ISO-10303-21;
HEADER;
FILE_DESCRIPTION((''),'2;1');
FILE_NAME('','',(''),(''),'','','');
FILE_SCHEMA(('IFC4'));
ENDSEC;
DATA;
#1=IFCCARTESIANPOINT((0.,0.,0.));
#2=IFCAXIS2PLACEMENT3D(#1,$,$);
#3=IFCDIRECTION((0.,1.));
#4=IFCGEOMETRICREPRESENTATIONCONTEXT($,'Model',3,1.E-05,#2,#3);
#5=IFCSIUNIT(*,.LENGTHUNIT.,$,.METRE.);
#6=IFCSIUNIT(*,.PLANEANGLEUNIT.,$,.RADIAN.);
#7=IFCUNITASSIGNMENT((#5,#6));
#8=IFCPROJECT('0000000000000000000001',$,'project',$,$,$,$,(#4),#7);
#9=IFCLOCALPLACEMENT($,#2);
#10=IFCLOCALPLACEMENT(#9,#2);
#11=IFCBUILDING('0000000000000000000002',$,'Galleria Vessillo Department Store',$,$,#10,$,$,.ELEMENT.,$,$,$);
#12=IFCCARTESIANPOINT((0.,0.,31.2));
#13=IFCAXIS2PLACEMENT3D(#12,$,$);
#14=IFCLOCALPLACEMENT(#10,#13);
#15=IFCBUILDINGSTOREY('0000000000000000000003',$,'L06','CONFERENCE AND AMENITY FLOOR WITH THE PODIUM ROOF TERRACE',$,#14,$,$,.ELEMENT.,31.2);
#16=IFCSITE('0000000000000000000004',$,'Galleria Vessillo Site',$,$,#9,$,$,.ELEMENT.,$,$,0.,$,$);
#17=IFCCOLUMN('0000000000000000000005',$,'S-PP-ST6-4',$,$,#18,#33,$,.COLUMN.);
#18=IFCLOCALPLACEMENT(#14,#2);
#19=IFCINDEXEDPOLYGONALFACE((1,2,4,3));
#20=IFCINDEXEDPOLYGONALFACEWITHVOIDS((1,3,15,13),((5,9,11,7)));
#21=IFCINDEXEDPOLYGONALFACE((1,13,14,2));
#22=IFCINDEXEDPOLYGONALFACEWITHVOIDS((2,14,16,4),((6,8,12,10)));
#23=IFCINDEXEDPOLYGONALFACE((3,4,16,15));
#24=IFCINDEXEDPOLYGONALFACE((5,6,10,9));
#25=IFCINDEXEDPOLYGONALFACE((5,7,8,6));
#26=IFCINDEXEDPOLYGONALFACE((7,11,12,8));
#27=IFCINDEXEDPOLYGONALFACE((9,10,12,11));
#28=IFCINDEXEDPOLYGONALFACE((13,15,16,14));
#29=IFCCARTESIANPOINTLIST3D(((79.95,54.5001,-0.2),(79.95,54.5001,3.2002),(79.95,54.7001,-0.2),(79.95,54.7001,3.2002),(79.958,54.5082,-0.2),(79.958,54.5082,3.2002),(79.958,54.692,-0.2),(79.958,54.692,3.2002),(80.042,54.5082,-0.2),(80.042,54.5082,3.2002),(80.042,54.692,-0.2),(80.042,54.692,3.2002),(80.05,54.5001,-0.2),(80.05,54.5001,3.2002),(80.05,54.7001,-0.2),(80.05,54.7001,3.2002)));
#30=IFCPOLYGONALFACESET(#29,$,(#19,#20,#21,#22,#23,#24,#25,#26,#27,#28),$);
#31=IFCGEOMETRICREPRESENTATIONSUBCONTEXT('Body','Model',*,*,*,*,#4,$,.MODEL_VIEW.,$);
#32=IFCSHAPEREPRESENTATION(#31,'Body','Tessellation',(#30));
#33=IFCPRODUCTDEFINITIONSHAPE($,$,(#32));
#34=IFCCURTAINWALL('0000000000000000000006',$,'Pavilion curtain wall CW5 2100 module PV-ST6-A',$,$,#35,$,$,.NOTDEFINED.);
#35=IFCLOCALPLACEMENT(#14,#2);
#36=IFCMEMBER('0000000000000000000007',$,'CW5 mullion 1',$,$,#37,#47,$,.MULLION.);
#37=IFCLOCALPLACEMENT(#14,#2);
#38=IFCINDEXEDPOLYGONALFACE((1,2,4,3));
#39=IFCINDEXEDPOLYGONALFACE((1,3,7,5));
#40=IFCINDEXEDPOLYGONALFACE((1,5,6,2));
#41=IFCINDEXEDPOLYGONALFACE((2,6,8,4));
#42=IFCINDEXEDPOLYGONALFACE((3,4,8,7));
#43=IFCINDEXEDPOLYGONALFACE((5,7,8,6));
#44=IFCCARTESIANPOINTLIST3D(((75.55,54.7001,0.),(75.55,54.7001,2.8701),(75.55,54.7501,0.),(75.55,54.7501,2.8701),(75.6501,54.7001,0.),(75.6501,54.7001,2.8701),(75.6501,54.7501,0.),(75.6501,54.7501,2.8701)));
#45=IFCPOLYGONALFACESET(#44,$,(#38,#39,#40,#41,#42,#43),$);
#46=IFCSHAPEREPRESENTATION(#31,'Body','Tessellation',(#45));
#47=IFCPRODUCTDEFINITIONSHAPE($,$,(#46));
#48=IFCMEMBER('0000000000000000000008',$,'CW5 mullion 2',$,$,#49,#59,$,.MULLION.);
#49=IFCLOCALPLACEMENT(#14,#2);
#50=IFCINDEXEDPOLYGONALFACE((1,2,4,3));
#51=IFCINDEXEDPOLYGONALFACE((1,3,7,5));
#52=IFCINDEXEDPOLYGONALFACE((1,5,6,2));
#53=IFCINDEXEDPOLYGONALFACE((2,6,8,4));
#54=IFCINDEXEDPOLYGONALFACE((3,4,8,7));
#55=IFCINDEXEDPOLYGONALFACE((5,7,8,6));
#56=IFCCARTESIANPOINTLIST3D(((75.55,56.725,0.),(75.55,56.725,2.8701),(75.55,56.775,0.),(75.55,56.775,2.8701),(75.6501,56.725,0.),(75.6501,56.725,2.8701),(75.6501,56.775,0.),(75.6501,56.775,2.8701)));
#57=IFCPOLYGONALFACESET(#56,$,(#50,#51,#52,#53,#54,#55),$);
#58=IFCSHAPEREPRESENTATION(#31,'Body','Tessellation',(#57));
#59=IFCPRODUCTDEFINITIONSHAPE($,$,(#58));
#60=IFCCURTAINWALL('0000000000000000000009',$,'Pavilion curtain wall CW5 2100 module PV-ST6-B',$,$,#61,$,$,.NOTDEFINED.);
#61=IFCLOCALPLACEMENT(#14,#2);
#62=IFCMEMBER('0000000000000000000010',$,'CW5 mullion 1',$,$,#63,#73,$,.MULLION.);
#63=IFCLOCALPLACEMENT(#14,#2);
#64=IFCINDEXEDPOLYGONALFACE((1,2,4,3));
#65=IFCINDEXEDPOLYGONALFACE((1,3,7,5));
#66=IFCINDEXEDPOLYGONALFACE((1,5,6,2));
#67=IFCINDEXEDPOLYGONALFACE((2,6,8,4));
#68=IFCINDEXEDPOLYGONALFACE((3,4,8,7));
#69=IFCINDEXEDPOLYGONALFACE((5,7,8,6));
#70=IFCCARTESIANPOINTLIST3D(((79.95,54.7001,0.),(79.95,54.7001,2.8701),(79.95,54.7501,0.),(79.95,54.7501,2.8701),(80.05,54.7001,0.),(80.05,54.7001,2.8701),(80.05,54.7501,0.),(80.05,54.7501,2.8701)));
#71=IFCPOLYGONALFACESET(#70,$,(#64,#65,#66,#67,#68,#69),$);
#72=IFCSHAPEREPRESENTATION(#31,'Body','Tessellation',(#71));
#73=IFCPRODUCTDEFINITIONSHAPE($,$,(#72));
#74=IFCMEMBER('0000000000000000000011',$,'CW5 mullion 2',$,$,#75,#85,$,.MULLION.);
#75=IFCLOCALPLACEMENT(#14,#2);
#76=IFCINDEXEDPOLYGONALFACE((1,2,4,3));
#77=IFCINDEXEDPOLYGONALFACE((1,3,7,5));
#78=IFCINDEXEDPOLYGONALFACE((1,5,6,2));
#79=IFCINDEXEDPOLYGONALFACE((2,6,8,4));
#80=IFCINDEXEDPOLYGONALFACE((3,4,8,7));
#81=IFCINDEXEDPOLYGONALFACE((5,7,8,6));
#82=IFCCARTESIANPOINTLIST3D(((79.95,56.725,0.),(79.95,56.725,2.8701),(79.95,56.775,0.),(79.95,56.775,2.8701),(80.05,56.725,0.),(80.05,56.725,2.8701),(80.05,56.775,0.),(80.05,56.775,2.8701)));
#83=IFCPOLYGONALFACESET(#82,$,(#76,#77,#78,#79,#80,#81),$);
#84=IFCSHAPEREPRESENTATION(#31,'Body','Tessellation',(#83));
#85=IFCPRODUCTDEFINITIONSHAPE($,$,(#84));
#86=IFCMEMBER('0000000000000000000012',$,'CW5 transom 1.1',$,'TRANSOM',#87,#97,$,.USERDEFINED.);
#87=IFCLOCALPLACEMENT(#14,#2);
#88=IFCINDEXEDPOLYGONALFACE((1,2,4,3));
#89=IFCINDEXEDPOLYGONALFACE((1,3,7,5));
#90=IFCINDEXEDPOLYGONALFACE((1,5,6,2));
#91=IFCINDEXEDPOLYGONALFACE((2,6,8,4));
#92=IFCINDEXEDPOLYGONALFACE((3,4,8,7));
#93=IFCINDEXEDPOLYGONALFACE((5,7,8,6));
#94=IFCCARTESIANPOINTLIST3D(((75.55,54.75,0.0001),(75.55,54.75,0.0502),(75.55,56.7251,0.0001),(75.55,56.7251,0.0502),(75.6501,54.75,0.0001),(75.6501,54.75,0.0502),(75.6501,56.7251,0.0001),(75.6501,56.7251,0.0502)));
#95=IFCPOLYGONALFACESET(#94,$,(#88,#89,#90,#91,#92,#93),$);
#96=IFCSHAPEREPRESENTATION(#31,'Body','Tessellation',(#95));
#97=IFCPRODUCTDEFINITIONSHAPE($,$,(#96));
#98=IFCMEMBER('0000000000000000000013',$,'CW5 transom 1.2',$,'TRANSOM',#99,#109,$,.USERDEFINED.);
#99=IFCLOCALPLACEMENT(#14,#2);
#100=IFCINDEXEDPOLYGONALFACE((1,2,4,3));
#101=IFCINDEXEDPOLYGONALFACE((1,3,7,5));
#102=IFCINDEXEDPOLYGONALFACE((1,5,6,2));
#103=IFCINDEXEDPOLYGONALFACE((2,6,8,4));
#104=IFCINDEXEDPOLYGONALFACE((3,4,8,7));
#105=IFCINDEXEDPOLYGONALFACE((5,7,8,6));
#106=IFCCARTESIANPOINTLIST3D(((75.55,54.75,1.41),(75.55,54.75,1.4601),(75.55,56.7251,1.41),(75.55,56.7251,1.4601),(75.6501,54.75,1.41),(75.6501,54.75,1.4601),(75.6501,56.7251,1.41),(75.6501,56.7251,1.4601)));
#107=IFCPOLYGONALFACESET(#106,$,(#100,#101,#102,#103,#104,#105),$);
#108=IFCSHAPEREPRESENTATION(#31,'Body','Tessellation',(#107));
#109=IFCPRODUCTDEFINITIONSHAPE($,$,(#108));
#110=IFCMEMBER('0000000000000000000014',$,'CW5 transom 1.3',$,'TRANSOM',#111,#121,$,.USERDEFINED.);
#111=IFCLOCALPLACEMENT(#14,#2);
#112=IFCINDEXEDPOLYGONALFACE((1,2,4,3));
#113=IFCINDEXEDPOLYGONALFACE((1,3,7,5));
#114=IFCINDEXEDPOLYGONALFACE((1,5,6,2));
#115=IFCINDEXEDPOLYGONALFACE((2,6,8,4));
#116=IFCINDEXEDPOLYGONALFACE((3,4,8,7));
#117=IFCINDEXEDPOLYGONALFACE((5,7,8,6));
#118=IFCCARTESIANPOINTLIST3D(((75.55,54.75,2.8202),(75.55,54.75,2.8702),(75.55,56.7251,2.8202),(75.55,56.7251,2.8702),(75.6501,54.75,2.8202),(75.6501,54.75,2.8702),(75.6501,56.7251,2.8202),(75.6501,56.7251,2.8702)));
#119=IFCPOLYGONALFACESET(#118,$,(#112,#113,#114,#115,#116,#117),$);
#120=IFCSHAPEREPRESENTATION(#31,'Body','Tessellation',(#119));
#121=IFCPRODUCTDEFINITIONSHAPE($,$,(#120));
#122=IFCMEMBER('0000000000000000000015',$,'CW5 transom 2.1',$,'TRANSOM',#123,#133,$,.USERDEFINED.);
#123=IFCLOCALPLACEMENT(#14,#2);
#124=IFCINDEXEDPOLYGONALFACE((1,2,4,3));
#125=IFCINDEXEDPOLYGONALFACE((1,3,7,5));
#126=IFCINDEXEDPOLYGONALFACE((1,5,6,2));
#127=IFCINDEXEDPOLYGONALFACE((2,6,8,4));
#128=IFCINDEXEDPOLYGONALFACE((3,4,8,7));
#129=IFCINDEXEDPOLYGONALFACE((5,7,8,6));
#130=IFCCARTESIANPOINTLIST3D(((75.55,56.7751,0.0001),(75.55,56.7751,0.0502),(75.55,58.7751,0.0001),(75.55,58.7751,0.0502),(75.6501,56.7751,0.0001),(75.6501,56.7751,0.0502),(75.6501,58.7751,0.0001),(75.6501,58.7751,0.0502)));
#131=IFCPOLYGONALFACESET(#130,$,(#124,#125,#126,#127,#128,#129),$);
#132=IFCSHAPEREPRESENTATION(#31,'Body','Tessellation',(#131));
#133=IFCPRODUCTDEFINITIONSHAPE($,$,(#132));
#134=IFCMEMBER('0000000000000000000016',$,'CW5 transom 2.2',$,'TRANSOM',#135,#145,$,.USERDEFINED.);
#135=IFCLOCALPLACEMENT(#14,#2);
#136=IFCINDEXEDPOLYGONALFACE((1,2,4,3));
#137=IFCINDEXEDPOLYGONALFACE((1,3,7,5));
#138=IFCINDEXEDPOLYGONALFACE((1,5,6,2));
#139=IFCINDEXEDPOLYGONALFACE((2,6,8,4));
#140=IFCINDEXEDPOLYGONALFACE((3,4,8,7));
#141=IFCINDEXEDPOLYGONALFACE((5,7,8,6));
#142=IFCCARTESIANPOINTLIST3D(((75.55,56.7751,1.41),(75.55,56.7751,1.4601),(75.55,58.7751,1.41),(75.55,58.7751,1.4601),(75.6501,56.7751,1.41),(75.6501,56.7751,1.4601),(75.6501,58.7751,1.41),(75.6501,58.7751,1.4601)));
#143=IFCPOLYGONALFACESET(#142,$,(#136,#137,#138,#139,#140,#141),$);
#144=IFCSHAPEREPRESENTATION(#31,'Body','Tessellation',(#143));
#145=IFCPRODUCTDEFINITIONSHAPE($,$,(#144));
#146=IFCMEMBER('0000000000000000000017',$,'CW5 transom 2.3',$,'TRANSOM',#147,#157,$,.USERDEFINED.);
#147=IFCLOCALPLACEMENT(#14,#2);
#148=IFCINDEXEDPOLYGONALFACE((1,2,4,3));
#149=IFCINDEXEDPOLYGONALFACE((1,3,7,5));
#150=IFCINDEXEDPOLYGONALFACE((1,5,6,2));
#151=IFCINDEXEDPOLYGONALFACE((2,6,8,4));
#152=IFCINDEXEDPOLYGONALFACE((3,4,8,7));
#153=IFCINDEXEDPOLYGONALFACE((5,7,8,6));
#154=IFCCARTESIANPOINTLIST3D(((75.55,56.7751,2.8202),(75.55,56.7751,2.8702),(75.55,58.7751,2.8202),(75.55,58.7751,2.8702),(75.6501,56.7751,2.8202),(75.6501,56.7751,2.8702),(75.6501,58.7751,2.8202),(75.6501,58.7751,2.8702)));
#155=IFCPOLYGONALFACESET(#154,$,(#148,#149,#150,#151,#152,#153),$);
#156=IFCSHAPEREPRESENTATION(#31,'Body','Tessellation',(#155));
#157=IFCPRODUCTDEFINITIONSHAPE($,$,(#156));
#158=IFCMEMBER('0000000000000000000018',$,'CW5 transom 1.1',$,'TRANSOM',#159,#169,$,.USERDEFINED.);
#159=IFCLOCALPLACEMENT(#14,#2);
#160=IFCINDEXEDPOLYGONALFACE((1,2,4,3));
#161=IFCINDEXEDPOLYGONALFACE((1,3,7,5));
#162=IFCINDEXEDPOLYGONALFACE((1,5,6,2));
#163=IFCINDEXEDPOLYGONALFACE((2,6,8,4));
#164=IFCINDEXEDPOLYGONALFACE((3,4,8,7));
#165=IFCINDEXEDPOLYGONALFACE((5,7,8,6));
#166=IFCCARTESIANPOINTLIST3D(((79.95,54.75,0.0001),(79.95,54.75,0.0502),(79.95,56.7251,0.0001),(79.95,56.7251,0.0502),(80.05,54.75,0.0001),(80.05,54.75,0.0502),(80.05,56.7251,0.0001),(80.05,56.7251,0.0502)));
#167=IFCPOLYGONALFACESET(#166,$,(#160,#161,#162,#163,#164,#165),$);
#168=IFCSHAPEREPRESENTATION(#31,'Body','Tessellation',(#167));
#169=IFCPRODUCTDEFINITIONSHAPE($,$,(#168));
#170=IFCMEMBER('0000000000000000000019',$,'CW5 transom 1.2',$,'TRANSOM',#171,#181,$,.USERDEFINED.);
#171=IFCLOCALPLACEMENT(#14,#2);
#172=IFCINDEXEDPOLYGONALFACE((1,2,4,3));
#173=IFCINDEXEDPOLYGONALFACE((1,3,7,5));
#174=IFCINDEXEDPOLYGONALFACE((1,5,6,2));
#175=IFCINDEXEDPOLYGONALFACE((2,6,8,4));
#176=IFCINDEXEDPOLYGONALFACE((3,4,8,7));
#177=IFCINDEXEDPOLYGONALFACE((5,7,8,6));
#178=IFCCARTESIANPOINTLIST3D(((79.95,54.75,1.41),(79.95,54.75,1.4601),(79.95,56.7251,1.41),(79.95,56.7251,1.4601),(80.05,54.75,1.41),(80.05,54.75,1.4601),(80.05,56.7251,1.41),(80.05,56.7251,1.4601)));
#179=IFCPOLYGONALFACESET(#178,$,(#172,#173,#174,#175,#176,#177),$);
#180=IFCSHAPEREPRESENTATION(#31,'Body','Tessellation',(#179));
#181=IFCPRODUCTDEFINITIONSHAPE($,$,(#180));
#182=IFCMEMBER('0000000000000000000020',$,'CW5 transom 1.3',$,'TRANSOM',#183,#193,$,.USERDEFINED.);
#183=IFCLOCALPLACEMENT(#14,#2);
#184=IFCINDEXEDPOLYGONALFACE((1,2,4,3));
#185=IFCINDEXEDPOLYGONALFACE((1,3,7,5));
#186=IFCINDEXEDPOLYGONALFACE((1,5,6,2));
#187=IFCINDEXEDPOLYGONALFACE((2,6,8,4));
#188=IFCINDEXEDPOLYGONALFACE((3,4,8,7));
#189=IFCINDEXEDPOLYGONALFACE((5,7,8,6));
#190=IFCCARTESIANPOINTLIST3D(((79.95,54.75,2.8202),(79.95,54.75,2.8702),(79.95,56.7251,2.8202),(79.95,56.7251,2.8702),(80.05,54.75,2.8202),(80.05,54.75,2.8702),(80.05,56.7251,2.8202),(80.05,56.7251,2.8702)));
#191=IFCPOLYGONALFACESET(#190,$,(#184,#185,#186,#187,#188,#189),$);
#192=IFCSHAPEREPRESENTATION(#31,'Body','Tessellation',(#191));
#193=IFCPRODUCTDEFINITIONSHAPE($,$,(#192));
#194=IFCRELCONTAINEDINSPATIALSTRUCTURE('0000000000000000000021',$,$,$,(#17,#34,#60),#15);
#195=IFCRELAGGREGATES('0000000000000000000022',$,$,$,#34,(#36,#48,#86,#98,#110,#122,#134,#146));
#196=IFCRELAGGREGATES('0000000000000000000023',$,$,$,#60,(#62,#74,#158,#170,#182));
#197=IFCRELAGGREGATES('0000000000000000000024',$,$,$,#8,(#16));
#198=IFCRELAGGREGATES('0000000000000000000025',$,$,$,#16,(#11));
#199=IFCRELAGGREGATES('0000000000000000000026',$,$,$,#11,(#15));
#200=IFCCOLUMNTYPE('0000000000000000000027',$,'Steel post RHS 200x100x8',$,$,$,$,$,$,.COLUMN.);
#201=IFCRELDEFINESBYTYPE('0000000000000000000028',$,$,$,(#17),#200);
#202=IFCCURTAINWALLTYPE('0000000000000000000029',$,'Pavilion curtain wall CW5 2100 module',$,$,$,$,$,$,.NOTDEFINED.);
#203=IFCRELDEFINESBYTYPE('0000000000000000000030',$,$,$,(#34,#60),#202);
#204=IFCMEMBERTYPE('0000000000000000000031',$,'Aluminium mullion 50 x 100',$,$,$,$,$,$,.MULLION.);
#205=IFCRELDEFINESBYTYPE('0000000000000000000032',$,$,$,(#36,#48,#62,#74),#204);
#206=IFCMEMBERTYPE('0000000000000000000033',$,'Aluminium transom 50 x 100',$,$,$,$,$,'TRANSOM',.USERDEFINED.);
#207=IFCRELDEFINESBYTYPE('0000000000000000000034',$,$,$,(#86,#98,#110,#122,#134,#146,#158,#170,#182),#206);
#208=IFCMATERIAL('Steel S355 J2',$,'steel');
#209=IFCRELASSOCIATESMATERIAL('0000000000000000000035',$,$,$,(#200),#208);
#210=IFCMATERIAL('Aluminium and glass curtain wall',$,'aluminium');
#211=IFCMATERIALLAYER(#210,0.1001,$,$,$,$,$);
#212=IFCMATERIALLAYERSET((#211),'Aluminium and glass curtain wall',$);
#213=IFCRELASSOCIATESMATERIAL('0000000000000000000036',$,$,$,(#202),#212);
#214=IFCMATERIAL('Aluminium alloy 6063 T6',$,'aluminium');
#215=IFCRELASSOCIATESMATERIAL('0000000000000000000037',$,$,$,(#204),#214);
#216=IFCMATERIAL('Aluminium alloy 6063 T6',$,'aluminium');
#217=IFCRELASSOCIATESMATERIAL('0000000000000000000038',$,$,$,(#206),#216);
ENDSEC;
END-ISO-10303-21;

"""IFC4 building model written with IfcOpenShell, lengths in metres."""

from ifc_helpers import new_model, si_unit, direction, frame, origin, origin_2d, place, context, subcontext, project, spatial, rectangle, hollow_rectangle, extrude, material, layer, layer_set, material_profile, profile_set, type_object, element, aggregate, save


model = new_model("IFC4")

# Units and contexts
model_context = context("Model", 3, precision=1e-05, world=origin(), true_north=direction((0.0, 1.0)))
body_context = subcontext(model_context, "Body", "Model", "MODEL_VIEW")
ifc_project = project(units=[si_unit("LENGTHUNIT", "METRE"), si_unit("PLANEANGLEUNIT", "RADIAN")], contexts=[model_context])

# Site, building, storey
site_placement = place(None, origin())
site = spatial("IfcSite", under=ifc_project, at=site_placement, Name="Galleria Vessillo Site", CompositionType="ELEMENT", RefElevation=0.0)
building_placement = place(site_placement, origin())
building = spatial("IfcBuilding", under=site, at=building_placement, Name="Galleria Vessillo Department Store", CompositionType="ELEMENT")
storey_placement = place(building_placement, frame((0.0, 0.0, 31.2)))
storey = spatial("IfcBuildingStorey", under=building, at=storey_placement, Name="L06", Description="CONFERENCE AND AMENITY FLOOR WITH THE PODIUM ROOF TERRACE", CompositionType="ELEMENT", Elevation=31.2)

# Column
ifc_material_1 = material(Name="Steel S355 J2", Category="steel")
ifc_material_profile_1 = material_profile(ifc_material_1, hollow_rectangle(XDim=0.1001, YDim=0.2, WallThickness=0.0081, at=origin_2d()), Name="RHS 200x100x8")
ifc_profile_set_1 = profile_set([ifc_material_profile_1], Name="Steel S355 J2")
column_type = type_object("IfcColumnType", Name="Steel post RHS 200x100x8", PredefinedType="COLUMN", material=ifc_profile_set_1)
column_placement = place(storey_placement, frame((80.0, 54.6001, -0.2), z_axis=(0.0, 0.0, 1.0), x_axis=(1.0, 0.0, 0.0)))
element("IfcColumn", 1, at=column_placement, inside=storey, type_object=column_type, Name="S-PP-ST6-4", PredefinedType="COLUMN", context=body_context, shape_type="SweptSolid", body=[
    extrude(hollow_rectangle(XDim=0.1001, YDim=0.2, WallThickness=0.0081, at=origin_2d()), origin(), (0.0, 0.0, 1.0), 3.4001),
])

# Curtain walls, members
ifc_material_2 = material(Name="Aluminium and glass curtain wall", Category="aluminium")
ifc_layer_1 = layer(ifc_material_2, 0.1001)
ifc_layer_set_1 = layer_set([ifc_layer_1], Name="Aluminium and glass curtain wall")
curtain_wall_type = type_object("IfcCurtainWallType", Name="Pavilion curtain wall CW5 2100 module", PredefinedType="NOTDEFINED", material=ifc_layer_set_1)
curtain_wall_1_placement = place(storey_placement, origin())
curtain_wall_1 = element("IfcCurtainWall", 2, at=curtain_wall_1_placement, inside=storey, type_object=curtain_wall_type, Name="Pavilion curtain wall CW5 2100 module PV-ST6-A", PredefinedType="NOTDEFINED")
ifc_material_3 = material(Name="Aluminium alloy 6063 T6", Category="aluminium")
ifc_material_profile_2 = material_profile(ifc_material_3, rectangle(XDim=0.1001, YDim=0.05, at=origin_2d()), Name="AL 50x100")
ifc_profile_set_2 = profile_set([ifc_material_profile_2], Name="Aluminium alloy 6063 T6")
member_type_1 = type_object("IfcMemberType", Name="Aluminium mullion 50 x 100", PredefinedType="MULLION", material=ifc_profile_set_2)
member_1_placement = place(storey_placement, frame((75.6001, 54.7251, 0.0), z_axis=(0.0, 0.0, 1.0), x_axis=(-1.0, 0.0, 0.0)))
member_1 = element("IfcMember", 3, at=member_1_placement, type_object=member_type_1, Name="CW5 mullion 1", PredefinedType="MULLION", context=body_context, shape_type="SweptSolid", body=[
    extrude(rectangle(XDim=0.1001, YDim=0.05, at=origin_2d()), origin(), (0.0, 0.0, 1.0), 2.8701),
])
member_2_placement = place(storey_placement, frame((75.6001, 56.75, 0.0), z_axis=(0.0, 0.0, 1.0), x_axis=(-1.0, 0.0, 0.0)))
member_2 = element("IfcMember", 4, at=member_2_placement, type_object=member_type_1, Name="CW5 mullion 2", PredefinedType="MULLION", context=body_context, shape_type="SweptSolid", body=[
    extrude(rectangle(XDim=0.1001, YDim=0.05, at=origin_2d()), origin(), (0.0, 0.0, 1.0), 2.8701),
])
curtain_wall_2_placement = place(storey_placement, origin())
curtain_wall_2 = element("IfcCurtainWall", 5, at=curtain_wall_2_placement, inside=storey, type_object=curtain_wall_type, Name="Pavilion curtain wall CW5 2100 module PV-ST6-B", PredefinedType="NOTDEFINED")
member_3_placement = place(storey_placement, frame((80.0, 54.7251, 0.0), z_axis=(0.0, 0.0, 1.0), x_axis=(-1.0, 0.0, 0.0)))
member_3 = element("IfcMember", 6, at=member_3_placement, type_object=member_type_1, Name="CW5 mullion 1", PredefinedType="MULLION", context=body_context, shape_type="SweptSolid", body=[
    extrude(rectangle(XDim=0.1001, YDim=0.05, at=origin_2d()), origin(), (0.0, 0.0, 1.0), 2.8701),
])
member_4_placement = place(storey_placement, frame((80.0, 56.75, 0.0), z_axis=(0.0, 0.0, 1.0), x_axis=(-1.0, 0.0, 0.0)))
member_4 = element("IfcMember", 7, at=member_4_placement, type_object=member_type_1, Name="CW5 mullion 2", PredefinedType="MULLION", context=body_context, shape_type="SweptSolid", body=[
    extrude(rectangle(XDim=0.1001, YDim=0.05, at=origin_2d()), origin(), (0.0, 0.0, 1.0), 2.8701),
])

# Members
ifc_material_4 = material(Name="Aluminium alloy 6063 T6", Category="aluminium")
ifc_material_profile_3 = material_profile(ifc_material_4, rectangle(XDim=0.1001, YDim=0.05, at=origin_2d()), Name="AL 50x100")
ifc_profile_set_3 = profile_set([ifc_material_profile_3], Name="Aluminium alloy 6063 T6")
member_type_2 = type_object("IfcMemberType", Name="Aluminium transom 50 x 100", ElementType="TRANSOM", PredefinedType="USERDEFINED", material=ifc_profile_set_3)
member_5_placement = place(storey_placement, frame((75.6001, 54.75, 0.0251), z_axis=(0.0, 1.0, 0.0), x_axis=(-1.0, 0.0, 0.0)))
member_5 = element("IfcMember", 8, at=member_5_placement, type_object=member_type_2, Name="CW5 transom 1.1", ObjectType="TRANSOM", PredefinedType="USERDEFINED", context=body_context, shape_type="SweptSolid", body=[
    extrude(rectangle(XDim=0.1001, YDim=0.05, at=origin_2d()), origin(), (0.0, 0.0, 1.0), 1.9751),
])
member_6_placement = place(storey_placement, frame((75.6001, 54.75, 1.4351), z_axis=(0.0, 1.0, 0.0), x_axis=(-1.0, 0.0, 0.0)))
member_6 = element("IfcMember", 9, at=member_6_placement, type_object=member_type_2, Name="CW5 transom 1.2", ObjectType="TRANSOM", PredefinedType="USERDEFINED", context=body_context, shape_type="SweptSolid", body=[
    extrude(rectangle(XDim=0.1001, YDim=0.05, at=origin_2d()), origin(), (0.0, 0.0, 1.0), 1.9751),
])
member_7_placement = place(storey_placement, frame((75.6001, 54.75, 2.8452), z_axis=(0.0, 1.0, 0.0), x_axis=(-1.0, 0.0, 0.0)))
member_7 = element("IfcMember", 10, at=member_7_placement, type_object=member_type_2, Name="CW5 transom 1.3", ObjectType="TRANSOM", PredefinedType="USERDEFINED", context=body_context, shape_type="SweptSolid", body=[
    extrude(rectangle(XDim=0.1001, YDim=0.05, at=origin_2d()), origin(), (0.0, 0.0, 1.0), 1.9751),
])
member_8_placement = place(storey_placement, frame((75.6001, 56.7751, 0.0251), z_axis=(0.0, 1.0, 0.0), x_axis=(-1.0, 0.0, 0.0)))
member_8 = element("IfcMember", 11, at=member_8_placement, type_object=member_type_2, Name="CW5 transom 2.1", ObjectType="TRANSOM", PredefinedType="USERDEFINED", context=body_context, shape_type="SweptSolid", body=[
    extrude(rectangle(XDim=0.1001, YDim=0.05, at=origin_2d()), origin(), (0.0, 0.0, 1.0), 2.0),
])
member_9_placement = place(storey_placement, frame((75.6001, 56.7751, 1.4351), z_axis=(0.0, 1.0, 0.0), x_axis=(-1.0, 0.0, 0.0)))
member_9 = element("IfcMember", 12, at=member_9_placement, type_object=member_type_2, Name="CW5 transom 2.2", ObjectType="TRANSOM", PredefinedType="USERDEFINED", context=body_context, shape_type="SweptSolid", body=[
    extrude(rectangle(XDim=0.1001, YDim=0.05, at=origin_2d()), origin(), (0.0, 0.0, 1.0), 2.0),
])
member_10_placement = place(storey_placement, frame((75.6001, 56.7751, 2.8452), z_axis=(0.0, 1.0, 0.0), x_axis=(-1.0, 0.0, 0.0)))
member_10 = element("IfcMember", 13, at=member_10_placement, type_object=member_type_2, Name="CW5 transom 2.3", ObjectType="TRANSOM", PredefinedType="USERDEFINED", context=body_context, shape_type="SweptSolid", body=[
    extrude(rectangle(XDim=0.1001, YDim=0.05, at=origin_2d()), origin(), (0.0, 0.0, 1.0), 2.0),
])
member_11_placement = place(storey_placement, frame((80.0, 54.75, 0.0251), z_axis=(0.0, 1.0, 0.0), x_axis=(-1.0, 0.0, 0.0)))
member_11 = element("IfcMember", 14, at=member_11_placement, type_object=member_type_2, Name="CW5 transom 1.1", ObjectType="TRANSOM", PredefinedType="USERDEFINED", context=body_context, shape_type="SweptSolid", body=[
    extrude(rectangle(XDim=0.1001, YDim=0.05, at=origin_2d()), origin(), (0.0, 0.0, 1.0), 1.9751),
])
member_12_placement = place(storey_placement, frame((80.0, 54.75, 1.4351), z_axis=(0.0, 1.0, 0.0), x_axis=(-1.0, 0.0, 0.0)))
member_12 = element("IfcMember", 15, at=member_12_placement, type_object=member_type_2, Name="CW5 transom 1.2", ObjectType="TRANSOM", PredefinedType="USERDEFINED", context=body_context, shape_type="SweptSolid", body=[
    extrude(rectangle(XDim=0.1001, YDim=0.05, at=origin_2d()), origin(), (0.0, 0.0, 1.0), 1.9751),
])
member_13_placement = place(storey_placement, frame((80.0, 54.75, 2.8452), z_axis=(0.0, 1.0, 0.0), x_axis=(-1.0, 0.0, 0.0)))
member_13 = element("IfcMember", 16, at=member_13_placement, type_object=member_type_2, Name="CW5 transom 1.3", ObjectType="TRANSOM", PredefinedType="USERDEFINED", context=body_context, shape_type="SweptSolid", body=[
    extrude(rectangle(XDim=0.1001, YDim=0.05, at=origin_2d()), origin(), (0.0, 0.0, 1.0), 1.9751),
])

aggregate(curtain_wall_1, [member_1, member_2, member_5, member_6, member_7, member_8, member_9, member_10])
aggregate(curtain_wall_2, [member_3, member_4, member_11, member_12, member_13])

save(model, "model.ifc")
